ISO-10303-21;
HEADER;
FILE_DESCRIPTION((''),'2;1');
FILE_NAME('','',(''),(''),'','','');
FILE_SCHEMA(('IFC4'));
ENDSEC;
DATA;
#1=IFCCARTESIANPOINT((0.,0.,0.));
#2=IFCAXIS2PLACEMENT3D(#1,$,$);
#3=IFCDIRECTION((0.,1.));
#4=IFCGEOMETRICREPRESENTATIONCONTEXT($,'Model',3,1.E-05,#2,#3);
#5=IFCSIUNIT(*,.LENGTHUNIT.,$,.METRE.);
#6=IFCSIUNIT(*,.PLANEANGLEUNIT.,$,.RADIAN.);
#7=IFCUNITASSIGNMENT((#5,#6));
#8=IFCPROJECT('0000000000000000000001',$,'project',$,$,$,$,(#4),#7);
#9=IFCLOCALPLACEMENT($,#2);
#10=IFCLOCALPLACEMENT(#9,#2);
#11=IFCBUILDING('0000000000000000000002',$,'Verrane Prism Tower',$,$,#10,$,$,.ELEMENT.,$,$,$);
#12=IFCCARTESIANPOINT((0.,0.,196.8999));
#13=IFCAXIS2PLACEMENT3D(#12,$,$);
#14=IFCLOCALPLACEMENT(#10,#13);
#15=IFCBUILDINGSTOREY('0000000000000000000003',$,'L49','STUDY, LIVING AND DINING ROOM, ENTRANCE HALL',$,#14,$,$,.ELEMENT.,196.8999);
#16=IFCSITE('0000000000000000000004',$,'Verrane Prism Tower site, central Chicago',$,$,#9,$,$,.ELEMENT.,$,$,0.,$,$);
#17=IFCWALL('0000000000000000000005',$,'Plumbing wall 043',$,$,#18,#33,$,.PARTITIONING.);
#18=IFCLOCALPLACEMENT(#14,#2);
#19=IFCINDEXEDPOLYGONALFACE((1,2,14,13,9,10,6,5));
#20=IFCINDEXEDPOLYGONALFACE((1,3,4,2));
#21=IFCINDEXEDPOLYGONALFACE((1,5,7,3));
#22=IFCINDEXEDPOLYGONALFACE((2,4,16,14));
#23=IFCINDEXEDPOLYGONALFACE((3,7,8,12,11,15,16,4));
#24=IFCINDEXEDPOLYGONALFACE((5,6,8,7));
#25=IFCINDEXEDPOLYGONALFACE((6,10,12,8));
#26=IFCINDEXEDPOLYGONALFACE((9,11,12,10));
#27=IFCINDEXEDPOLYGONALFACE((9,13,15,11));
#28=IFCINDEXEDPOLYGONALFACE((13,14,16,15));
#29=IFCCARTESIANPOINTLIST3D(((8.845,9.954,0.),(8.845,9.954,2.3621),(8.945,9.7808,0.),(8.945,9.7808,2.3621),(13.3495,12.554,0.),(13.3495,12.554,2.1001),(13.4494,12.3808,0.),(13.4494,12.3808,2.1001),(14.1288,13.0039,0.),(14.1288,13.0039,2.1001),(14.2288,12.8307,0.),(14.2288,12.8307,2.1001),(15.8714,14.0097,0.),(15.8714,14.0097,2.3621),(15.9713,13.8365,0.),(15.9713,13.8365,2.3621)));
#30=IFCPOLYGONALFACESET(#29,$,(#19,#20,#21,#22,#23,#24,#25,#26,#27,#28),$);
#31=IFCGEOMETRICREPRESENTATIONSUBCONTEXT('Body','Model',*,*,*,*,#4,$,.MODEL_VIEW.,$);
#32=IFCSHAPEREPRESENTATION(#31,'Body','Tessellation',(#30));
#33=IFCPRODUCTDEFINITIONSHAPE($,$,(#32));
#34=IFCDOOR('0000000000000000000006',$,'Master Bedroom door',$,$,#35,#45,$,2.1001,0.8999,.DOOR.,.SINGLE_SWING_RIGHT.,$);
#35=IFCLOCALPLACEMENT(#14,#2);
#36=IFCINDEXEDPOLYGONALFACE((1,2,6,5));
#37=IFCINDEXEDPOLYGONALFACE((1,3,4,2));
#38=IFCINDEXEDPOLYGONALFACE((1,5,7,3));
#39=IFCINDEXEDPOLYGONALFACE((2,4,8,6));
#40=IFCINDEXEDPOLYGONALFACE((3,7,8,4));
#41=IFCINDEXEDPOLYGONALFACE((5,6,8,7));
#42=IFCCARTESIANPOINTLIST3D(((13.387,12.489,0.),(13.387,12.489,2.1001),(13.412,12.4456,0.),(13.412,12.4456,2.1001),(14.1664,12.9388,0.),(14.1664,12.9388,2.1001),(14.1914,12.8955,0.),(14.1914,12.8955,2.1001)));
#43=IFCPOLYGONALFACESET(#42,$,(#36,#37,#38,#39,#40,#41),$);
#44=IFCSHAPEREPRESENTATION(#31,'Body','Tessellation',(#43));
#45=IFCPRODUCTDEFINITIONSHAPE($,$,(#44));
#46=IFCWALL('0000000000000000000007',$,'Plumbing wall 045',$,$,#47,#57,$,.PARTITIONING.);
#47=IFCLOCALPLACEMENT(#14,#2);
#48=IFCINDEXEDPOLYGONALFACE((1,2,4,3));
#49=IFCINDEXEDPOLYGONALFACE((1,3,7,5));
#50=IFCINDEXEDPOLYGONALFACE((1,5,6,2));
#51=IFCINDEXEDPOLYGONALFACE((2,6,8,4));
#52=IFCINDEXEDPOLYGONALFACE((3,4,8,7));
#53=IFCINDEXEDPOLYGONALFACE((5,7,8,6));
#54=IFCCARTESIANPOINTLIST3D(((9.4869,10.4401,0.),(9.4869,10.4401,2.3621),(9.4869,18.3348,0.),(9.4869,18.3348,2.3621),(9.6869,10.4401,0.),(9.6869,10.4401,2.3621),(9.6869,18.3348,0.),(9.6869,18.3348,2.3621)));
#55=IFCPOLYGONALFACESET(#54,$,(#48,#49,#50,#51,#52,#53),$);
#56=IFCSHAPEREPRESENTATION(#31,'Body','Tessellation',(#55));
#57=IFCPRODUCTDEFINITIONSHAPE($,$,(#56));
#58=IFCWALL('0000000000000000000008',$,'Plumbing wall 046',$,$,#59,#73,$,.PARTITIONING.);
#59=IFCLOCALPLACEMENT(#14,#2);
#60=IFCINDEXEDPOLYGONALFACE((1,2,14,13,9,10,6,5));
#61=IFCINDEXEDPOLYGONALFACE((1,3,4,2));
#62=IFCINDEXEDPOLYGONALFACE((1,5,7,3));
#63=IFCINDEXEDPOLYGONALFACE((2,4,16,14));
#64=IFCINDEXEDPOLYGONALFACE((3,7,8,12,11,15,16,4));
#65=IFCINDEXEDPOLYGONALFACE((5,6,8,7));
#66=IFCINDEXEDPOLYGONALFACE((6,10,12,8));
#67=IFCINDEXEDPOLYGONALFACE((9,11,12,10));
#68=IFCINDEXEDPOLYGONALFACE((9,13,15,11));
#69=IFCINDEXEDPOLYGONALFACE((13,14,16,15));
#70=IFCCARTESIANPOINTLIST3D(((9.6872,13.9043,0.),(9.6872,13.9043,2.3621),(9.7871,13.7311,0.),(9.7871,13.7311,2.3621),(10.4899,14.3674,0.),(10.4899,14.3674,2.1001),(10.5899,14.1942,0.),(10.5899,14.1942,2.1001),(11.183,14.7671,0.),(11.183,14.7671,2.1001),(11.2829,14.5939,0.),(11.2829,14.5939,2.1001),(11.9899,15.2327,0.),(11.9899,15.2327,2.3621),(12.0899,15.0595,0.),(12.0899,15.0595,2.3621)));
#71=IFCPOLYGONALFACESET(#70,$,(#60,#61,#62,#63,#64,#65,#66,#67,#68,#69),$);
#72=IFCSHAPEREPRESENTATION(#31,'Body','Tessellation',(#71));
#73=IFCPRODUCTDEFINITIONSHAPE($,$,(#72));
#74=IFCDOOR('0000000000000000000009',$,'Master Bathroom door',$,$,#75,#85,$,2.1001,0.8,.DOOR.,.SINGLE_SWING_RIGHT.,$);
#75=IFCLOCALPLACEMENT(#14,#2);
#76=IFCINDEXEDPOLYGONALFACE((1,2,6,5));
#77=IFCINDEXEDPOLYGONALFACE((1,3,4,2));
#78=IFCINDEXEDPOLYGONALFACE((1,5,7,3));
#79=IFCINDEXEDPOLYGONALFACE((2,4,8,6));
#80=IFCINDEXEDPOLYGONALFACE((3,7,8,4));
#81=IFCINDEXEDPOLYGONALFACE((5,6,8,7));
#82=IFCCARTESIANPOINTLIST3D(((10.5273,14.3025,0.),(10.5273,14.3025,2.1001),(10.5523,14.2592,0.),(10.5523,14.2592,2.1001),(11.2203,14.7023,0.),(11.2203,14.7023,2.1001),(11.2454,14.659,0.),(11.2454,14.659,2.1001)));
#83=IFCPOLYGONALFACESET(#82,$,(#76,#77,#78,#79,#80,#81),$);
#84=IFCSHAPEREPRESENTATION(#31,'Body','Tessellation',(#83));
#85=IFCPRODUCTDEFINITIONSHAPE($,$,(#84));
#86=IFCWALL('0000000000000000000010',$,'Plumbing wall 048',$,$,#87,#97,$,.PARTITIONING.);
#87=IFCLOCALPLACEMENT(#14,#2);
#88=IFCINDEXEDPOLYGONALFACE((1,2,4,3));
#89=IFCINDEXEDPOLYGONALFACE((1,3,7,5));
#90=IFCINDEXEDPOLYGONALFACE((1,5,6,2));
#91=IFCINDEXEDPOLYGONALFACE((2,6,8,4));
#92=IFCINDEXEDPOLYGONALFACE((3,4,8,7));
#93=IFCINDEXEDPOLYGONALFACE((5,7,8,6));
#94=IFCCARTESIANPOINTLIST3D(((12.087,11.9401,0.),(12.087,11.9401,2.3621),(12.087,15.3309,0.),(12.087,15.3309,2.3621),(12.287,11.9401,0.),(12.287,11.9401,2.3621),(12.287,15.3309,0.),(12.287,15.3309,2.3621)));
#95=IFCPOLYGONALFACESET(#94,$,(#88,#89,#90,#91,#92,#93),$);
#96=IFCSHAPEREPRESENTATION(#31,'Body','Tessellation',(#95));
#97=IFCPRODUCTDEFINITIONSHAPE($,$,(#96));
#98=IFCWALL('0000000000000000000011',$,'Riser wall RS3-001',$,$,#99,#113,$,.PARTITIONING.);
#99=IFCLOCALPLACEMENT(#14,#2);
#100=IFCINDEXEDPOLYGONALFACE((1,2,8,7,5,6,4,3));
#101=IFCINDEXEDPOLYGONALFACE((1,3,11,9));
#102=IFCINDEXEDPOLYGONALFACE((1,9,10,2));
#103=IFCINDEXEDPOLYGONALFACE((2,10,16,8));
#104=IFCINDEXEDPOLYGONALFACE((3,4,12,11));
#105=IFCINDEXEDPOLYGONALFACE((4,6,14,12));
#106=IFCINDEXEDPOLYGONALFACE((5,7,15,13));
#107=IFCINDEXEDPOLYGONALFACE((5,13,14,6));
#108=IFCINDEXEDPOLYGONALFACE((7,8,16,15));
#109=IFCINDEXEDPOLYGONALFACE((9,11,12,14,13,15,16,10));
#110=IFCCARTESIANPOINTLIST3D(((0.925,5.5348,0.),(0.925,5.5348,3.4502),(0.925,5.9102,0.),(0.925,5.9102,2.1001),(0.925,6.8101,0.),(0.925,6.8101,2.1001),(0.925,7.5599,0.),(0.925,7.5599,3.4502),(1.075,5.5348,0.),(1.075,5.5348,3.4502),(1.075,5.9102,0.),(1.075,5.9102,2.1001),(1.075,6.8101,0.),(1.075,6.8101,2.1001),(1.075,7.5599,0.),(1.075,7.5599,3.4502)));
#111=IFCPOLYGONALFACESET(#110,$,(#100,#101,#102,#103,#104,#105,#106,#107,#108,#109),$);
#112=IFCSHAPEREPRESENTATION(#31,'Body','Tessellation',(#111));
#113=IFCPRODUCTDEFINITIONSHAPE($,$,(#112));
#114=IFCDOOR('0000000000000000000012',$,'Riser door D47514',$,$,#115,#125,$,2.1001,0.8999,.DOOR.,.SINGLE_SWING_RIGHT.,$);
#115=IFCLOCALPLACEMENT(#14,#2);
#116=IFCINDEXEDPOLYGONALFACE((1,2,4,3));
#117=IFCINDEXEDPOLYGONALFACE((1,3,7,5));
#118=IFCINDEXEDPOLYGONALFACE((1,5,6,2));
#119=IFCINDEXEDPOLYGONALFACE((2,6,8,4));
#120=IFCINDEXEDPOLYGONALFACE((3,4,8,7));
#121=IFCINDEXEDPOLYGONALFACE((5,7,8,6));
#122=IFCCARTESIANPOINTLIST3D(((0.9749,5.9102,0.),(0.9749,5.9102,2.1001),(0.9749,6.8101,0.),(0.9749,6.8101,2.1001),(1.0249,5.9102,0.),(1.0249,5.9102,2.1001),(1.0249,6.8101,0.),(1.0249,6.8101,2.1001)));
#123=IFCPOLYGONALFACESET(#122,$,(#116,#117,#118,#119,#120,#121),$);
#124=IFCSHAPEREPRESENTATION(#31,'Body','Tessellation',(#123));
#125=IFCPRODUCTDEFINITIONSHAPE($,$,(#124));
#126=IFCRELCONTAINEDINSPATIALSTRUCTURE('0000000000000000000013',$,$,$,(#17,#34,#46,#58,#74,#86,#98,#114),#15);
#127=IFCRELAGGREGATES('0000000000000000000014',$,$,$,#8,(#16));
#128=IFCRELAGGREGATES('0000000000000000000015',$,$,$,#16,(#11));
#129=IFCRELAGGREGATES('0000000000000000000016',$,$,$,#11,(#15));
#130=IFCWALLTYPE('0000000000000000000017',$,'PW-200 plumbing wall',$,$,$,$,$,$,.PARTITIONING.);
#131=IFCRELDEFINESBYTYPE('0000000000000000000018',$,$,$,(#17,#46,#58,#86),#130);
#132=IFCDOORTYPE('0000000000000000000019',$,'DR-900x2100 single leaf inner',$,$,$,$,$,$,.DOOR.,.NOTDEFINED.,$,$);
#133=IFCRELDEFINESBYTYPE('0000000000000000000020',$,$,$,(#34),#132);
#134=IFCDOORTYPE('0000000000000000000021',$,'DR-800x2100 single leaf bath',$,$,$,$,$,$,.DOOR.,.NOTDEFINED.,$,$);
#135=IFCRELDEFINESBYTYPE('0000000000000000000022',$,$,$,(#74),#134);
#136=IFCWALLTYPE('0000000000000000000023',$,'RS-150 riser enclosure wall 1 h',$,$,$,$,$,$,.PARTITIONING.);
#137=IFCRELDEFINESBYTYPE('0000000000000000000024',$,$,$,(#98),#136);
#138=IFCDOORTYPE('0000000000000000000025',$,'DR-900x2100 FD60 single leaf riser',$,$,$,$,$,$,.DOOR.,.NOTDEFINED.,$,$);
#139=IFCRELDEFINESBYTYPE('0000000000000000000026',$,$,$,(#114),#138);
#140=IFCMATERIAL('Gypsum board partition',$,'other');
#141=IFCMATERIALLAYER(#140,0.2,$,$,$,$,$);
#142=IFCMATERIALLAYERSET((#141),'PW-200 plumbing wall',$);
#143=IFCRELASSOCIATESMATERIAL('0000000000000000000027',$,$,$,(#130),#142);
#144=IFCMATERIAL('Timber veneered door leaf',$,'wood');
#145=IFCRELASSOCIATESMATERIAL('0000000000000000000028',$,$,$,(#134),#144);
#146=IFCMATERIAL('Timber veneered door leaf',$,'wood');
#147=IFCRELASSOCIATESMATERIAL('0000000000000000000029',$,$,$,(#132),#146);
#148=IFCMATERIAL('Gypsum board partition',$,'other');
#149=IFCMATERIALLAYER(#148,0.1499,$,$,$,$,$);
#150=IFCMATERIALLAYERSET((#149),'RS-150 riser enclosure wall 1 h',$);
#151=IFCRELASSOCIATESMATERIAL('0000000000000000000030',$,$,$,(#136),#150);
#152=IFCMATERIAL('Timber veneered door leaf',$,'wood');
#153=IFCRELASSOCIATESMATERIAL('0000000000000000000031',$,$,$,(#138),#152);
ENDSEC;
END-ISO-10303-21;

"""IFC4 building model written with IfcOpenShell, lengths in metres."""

from ifc_helpers import new_model, si_unit, direction, frame, frame_2d, origin, place, context, subcontext, project, spatial, rectangle, extrude, material, layer, layer_set, type_object, element, fill, save


model = new_model("IFC4")

# Units and contexts
model_context = context("Model", 3, precision=1e-05, world=origin(), true_north=direction((0.0, 1.0)))
body_context = subcontext(model_context, "Body", "Model", "MODEL_VIEW")
ifc_project = project(units=[si_unit("LENGTHUNIT", "METRE"), si_unit("PLANEANGLEUNIT", "RADIAN")], contexts=[model_context])

# Site, building, storey
site_placement = place(None, origin())
site = spatial("IfcSite", under=ifc_project, at=site_placement, Name="Verrane Prism Tower site, central Chicago", CompositionType="ELEMENT", RefElevation=0.0)
building_placement = place(site_placement, origin())
building = spatial("IfcBuilding", under=site, at=building_placement, Name="Verrane Prism Tower", CompositionType="ELEMENT")
storey_placement = place(building_placement, frame((0.0, 0.0, 196.8999)))
storey = spatial("IfcBuildingStorey", under=building, at=storey_placement, Name="L49", Description="STUDY, LIVING AND DINING ROOM, ENTRANCE HALL", CompositionType="ELEMENT", Elevation=196.8999)

# Shared definitions
ifc_material_1 = material(Name="Gypsum board partition", Category="other")
ifc_layer_1 = layer(ifc_material_1, 0.2)
ifc_layer_set_1 = layer_set([ifc_layer_1], Name="PW-200 plumbing wall")
wall_type_1 = type_object("IfcWallType", Name="PW-200 plumbing wall", PredefinedType="PARTITIONING", material=ifc_layer_set_1)
ifc_material_2 = material(Name="Timber veneered door leaf", Category="wood")
door_type_1 = type_object("IfcDoorType", Name="DR-800x2100 single leaf bath", OperationType="NOTDEFINED", PredefinedType="DOOR", material=ifc_material_2)

# Wall, opening, door
wall_1_placement = place(storey_placement, frame((8.895, 9.8674, 0.0), z_axis=(0.0, 0.0, 1.0), x_axis=(0.866079, 0.499907, 0.0)))
wall_1 = element("IfcWall", 1, at=wall_1_placement, inside=storey, type_object=wall_type_1, Name="Plumbing wall 043", PredefinedType="PARTITIONING", context=body_context, shape_type="SweptSolid", body=[
    extrude(rectangle(XDim=8.1128, YDim=0.2, at=frame_2d((4.0564, 0.0))), origin(), (0.0, 0.0, 1.0), 2.3621),
])
opening_1_placement = place(wall_1_placement, frame((5.2009, 0.0, 0.0)))
opening_1 = element("IfcOpeningElement", 2, at=opening_1_placement, cuts=wall_1, PredefinedType="OPENING", context=body_context, shape_type="SweptSolid", body=[
    extrude(rectangle(XDim=0.8999, YDim=2.1001, at=frame_2d((0.45, 1.05))), frame((0.0, 0.1099, 0.0), z_axis=(0.0, -1.0, 0.0), x_axis=(1.0, 0.0, 0.0)), (0.0, 0.0, 1.0), 0.22),
])
ifc_material_3 = material(Name="Timber veneered door leaf", Category="wood")
door_type_2 = type_object("IfcDoorType", Name="DR-900x2100 single leaf inner", OperationType="NOTDEFINED", PredefinedType="DOOR", material=ifc_material_3)
door_1_placement = place(opening_1_placement, origin())
door_1 = element("IfcDoor", 3, at=door_1_placement, inside=storey, type_object=door_type_2, Name="Master Bedroom door", OperationType="SINGLE_SWING_RIGHT", OverallHeight=2.1001, OverallWidth=0.8999, PredefinedType="DOOR", context=body_context, shape_type="SweptSolid", body=[
    extrude(rectangle(XDim=0.8999, YDim=2.1001, at=frame_2d((0.45, 1.05))), frame((0.0, 0.0249, 0.0), z_axis=(0.0, -1.0, 0.0), x_axis=(1.0, 0.0, 0.0)), (0.0, 0.0, 1.0), 0.05),
])
fill(opening_1, door_1)

# Wall
wall_2_placement = place(storey_placement, frame((9.5869, 10.4402, 0.0), z_axis=(0.0, 0.0, 1.0), x_axis=(0.0, 1.0, 0.0)))
element("IfcWall", 4, at=wall_2_placement, inside=storey, type_object=wall_type_1, Name="Plumbing wall 045", PredefinedType="PARTITIONING", context=body_context, shape_type="SweptSolid", body=[
    extrude(rectangle(XDim=7.8948, YDim=0.2, at=frame_2d((3.9473, 0.0))), origin(), (0.0, 0.0, 1.0), 2.3621),
])

# Wall, opening, door
wall_3_placement = place(storey_placement, frame((12.0398, 15.146, 0.0), z_axis=(0.0, 0.0, 1.0), x_axis=(-0.866207, -0.499685, 0.0)))
wall_3 = element("IfcWall", 5, at=wall_3_placement, inside=storey, type_object=wall_type_1, Name="Plumbing wall 046", PredefinedType="PARTITIONING", context=body_context, shape_type="SweptSolid", body=[
    extrude(rectangle(XDim=2.6584, YDim=0.2, at=frame_2d((1.3291, 0.0))), origin(), (0.0, 0.0, 1.0), 2.3621),
])
opening_2_placement = place(wall_3_placement, frame((0.9316, 0.0, 0.0)))
opening_2 = element("IfcOpeningElement", 6, at=opening_2_placement, cuts=wall_3, PredefinedType="OPENING", context=body_context, shape_type="SweptSolid", body=[
    extrude(rectangle(XDim=0.8, YDim=2.1001, at=frame_2d((0.3999, 1.05))), frame((0.0, 0.1099, 0.0), z_axis=(0.0, -1.0, 0.0), x_axis=(1.0, 0.0, 0.0)), (0.0, 0.0, 1.0), 0.22),
])
door_2_placement = place(opening_2_placement, origin())
door_2 = element("IfcDoor", 7, at=door_2_placement, inside=storey, type_object=door_type_1, Name="Master Bathroom door", OperationType="SINGLE_SWING_RIGHT", OverallHeight=2.1001, OverallWidth=0.8, PredefinedType="DOOR", context=body_context, shape_type="SweptSolid", body=[
    extrude(rectangle(XDim=0.8, YDim=2.1001, at=frame_2d((0.3999, 1.05))), frame((0.0, 0.0249, 0.0), z_axis=(0.0, -1.0, 0.0), x_axis=(1.0, 0.0, 0.0)), (0.0, 0.0, 1.0), 0.05),
])
fill(opening_2, door_2)

# Wall
wall_4_placement = place(storey_placement, frame((12.187, 11.9402, 0.0), z_axis=(0.0, 0.0, 1.0), x_axis=(0.0, 1.0, 0.0)))
element("IfcWall", 8, at=wall_4_placement, inside=storey, type_object=wall_type_1, Name="Plumbing wall 048", PredefinedType="PARTITIONING", context=body_context, shape_type="SweptSolid", body=[
    extrude(rectangle(XDim=3.3909, YDim=0.2, at=frame_2d((1.6953, 0.0))), origin(), (0.0, 0.0, 1.0), 2.3621),
])

# Wall, opening, door
ifc_material_4 = material(Name="Gypsum board partition", Category="other")
ifc_layer_2 = layer(ifc_material_4, 0.1499)
ifc_layer_set_2 = layer_set([ifc_layer_2], Name="RS-150 riser enclosure wall 1 h")
wall_type_2 = type_object("IfcWallType", Name="RS-150 riser enclosure wall 1 h", PredefinedType="PARTITIONING", material=ifc_layer_set_2)
wall_5_placement = place(storey_placement, frame((1.0, 7.5601, 0.0), z_axis=(0.0, 0.0, 1.0), x_axis=(0.0, -1.0, 0.0)))
wall_5 = element("IfcWall", 9, at=wall_5_placement, inside=storey, type_object=wall_type_2, Name="Riser wall RS3-001", PredefinedType="PARTITIONING", context=body_context, shape_type="SweptSolid", body=[
    extrude(rectangle(XDim=2.0251, YDim=0.1499, at=frame_2d((1.0127, 0.0))), origin(), (0.0, 0.0, 1.0), 3.4502),
])
opening_3_placement = place(wall_5_placement, frame((0.75, 0.0, 0.0)))
opening_3 = element("IfcOpeningElement", 10, at=opening_3_placement, cuts=wall_5, PredefinedType="OPENING", context=body_context, shape_type="SweptSolid", body=[
    extrude(rectangle(XDim=0.8999, YDim=2.1001, at=frame_2d((0.45, 1.05))), frame((0.0, 0.085, 0.0), z_axis=(0.0, -1.0, 0.0), x_axis=(1.0, 0.0, 0.0)), (0.0, 0.0, 1.0), 0.1699),
])
ifc_material_5 = material(Name="Timber veneered door leaf", Category="wood")
door_type_3 = type_object("IfcDoorType", Name="DR-900x2100 FD60 single leaf riser", OperationType="NOTDEFINED", PredefinedType="DOOR", material=ifc_material_5)
door_3_placement = place(opening_3_placement, origin())
door_3 = element("IfcDoor", 11, at=door_3_placement, inside=storey, type_object=door_type_3, Name="Riser door D47514", OperationType="SINGLE_SWING_RIGHT", OverallHeight=2.1001, OverallWidth=0.8999, PredefinedType="DOOR", context=body_context, shape_type="SweptSolid", body=[
    extrude(rectangle(XDim=0.8999, YDim=2.1001, at=frame_2d((0.45, 1.05))), frame((0.0, 0.0249, 0.0), z_axis=(0.0, -1.0, 0.0), x_axis=(1.0, 0.0, 0.0)), (0.0, 0.0, 1.0), 0.05),
])
fill(opening_3, door_3)

save(model, "model.ifc")
